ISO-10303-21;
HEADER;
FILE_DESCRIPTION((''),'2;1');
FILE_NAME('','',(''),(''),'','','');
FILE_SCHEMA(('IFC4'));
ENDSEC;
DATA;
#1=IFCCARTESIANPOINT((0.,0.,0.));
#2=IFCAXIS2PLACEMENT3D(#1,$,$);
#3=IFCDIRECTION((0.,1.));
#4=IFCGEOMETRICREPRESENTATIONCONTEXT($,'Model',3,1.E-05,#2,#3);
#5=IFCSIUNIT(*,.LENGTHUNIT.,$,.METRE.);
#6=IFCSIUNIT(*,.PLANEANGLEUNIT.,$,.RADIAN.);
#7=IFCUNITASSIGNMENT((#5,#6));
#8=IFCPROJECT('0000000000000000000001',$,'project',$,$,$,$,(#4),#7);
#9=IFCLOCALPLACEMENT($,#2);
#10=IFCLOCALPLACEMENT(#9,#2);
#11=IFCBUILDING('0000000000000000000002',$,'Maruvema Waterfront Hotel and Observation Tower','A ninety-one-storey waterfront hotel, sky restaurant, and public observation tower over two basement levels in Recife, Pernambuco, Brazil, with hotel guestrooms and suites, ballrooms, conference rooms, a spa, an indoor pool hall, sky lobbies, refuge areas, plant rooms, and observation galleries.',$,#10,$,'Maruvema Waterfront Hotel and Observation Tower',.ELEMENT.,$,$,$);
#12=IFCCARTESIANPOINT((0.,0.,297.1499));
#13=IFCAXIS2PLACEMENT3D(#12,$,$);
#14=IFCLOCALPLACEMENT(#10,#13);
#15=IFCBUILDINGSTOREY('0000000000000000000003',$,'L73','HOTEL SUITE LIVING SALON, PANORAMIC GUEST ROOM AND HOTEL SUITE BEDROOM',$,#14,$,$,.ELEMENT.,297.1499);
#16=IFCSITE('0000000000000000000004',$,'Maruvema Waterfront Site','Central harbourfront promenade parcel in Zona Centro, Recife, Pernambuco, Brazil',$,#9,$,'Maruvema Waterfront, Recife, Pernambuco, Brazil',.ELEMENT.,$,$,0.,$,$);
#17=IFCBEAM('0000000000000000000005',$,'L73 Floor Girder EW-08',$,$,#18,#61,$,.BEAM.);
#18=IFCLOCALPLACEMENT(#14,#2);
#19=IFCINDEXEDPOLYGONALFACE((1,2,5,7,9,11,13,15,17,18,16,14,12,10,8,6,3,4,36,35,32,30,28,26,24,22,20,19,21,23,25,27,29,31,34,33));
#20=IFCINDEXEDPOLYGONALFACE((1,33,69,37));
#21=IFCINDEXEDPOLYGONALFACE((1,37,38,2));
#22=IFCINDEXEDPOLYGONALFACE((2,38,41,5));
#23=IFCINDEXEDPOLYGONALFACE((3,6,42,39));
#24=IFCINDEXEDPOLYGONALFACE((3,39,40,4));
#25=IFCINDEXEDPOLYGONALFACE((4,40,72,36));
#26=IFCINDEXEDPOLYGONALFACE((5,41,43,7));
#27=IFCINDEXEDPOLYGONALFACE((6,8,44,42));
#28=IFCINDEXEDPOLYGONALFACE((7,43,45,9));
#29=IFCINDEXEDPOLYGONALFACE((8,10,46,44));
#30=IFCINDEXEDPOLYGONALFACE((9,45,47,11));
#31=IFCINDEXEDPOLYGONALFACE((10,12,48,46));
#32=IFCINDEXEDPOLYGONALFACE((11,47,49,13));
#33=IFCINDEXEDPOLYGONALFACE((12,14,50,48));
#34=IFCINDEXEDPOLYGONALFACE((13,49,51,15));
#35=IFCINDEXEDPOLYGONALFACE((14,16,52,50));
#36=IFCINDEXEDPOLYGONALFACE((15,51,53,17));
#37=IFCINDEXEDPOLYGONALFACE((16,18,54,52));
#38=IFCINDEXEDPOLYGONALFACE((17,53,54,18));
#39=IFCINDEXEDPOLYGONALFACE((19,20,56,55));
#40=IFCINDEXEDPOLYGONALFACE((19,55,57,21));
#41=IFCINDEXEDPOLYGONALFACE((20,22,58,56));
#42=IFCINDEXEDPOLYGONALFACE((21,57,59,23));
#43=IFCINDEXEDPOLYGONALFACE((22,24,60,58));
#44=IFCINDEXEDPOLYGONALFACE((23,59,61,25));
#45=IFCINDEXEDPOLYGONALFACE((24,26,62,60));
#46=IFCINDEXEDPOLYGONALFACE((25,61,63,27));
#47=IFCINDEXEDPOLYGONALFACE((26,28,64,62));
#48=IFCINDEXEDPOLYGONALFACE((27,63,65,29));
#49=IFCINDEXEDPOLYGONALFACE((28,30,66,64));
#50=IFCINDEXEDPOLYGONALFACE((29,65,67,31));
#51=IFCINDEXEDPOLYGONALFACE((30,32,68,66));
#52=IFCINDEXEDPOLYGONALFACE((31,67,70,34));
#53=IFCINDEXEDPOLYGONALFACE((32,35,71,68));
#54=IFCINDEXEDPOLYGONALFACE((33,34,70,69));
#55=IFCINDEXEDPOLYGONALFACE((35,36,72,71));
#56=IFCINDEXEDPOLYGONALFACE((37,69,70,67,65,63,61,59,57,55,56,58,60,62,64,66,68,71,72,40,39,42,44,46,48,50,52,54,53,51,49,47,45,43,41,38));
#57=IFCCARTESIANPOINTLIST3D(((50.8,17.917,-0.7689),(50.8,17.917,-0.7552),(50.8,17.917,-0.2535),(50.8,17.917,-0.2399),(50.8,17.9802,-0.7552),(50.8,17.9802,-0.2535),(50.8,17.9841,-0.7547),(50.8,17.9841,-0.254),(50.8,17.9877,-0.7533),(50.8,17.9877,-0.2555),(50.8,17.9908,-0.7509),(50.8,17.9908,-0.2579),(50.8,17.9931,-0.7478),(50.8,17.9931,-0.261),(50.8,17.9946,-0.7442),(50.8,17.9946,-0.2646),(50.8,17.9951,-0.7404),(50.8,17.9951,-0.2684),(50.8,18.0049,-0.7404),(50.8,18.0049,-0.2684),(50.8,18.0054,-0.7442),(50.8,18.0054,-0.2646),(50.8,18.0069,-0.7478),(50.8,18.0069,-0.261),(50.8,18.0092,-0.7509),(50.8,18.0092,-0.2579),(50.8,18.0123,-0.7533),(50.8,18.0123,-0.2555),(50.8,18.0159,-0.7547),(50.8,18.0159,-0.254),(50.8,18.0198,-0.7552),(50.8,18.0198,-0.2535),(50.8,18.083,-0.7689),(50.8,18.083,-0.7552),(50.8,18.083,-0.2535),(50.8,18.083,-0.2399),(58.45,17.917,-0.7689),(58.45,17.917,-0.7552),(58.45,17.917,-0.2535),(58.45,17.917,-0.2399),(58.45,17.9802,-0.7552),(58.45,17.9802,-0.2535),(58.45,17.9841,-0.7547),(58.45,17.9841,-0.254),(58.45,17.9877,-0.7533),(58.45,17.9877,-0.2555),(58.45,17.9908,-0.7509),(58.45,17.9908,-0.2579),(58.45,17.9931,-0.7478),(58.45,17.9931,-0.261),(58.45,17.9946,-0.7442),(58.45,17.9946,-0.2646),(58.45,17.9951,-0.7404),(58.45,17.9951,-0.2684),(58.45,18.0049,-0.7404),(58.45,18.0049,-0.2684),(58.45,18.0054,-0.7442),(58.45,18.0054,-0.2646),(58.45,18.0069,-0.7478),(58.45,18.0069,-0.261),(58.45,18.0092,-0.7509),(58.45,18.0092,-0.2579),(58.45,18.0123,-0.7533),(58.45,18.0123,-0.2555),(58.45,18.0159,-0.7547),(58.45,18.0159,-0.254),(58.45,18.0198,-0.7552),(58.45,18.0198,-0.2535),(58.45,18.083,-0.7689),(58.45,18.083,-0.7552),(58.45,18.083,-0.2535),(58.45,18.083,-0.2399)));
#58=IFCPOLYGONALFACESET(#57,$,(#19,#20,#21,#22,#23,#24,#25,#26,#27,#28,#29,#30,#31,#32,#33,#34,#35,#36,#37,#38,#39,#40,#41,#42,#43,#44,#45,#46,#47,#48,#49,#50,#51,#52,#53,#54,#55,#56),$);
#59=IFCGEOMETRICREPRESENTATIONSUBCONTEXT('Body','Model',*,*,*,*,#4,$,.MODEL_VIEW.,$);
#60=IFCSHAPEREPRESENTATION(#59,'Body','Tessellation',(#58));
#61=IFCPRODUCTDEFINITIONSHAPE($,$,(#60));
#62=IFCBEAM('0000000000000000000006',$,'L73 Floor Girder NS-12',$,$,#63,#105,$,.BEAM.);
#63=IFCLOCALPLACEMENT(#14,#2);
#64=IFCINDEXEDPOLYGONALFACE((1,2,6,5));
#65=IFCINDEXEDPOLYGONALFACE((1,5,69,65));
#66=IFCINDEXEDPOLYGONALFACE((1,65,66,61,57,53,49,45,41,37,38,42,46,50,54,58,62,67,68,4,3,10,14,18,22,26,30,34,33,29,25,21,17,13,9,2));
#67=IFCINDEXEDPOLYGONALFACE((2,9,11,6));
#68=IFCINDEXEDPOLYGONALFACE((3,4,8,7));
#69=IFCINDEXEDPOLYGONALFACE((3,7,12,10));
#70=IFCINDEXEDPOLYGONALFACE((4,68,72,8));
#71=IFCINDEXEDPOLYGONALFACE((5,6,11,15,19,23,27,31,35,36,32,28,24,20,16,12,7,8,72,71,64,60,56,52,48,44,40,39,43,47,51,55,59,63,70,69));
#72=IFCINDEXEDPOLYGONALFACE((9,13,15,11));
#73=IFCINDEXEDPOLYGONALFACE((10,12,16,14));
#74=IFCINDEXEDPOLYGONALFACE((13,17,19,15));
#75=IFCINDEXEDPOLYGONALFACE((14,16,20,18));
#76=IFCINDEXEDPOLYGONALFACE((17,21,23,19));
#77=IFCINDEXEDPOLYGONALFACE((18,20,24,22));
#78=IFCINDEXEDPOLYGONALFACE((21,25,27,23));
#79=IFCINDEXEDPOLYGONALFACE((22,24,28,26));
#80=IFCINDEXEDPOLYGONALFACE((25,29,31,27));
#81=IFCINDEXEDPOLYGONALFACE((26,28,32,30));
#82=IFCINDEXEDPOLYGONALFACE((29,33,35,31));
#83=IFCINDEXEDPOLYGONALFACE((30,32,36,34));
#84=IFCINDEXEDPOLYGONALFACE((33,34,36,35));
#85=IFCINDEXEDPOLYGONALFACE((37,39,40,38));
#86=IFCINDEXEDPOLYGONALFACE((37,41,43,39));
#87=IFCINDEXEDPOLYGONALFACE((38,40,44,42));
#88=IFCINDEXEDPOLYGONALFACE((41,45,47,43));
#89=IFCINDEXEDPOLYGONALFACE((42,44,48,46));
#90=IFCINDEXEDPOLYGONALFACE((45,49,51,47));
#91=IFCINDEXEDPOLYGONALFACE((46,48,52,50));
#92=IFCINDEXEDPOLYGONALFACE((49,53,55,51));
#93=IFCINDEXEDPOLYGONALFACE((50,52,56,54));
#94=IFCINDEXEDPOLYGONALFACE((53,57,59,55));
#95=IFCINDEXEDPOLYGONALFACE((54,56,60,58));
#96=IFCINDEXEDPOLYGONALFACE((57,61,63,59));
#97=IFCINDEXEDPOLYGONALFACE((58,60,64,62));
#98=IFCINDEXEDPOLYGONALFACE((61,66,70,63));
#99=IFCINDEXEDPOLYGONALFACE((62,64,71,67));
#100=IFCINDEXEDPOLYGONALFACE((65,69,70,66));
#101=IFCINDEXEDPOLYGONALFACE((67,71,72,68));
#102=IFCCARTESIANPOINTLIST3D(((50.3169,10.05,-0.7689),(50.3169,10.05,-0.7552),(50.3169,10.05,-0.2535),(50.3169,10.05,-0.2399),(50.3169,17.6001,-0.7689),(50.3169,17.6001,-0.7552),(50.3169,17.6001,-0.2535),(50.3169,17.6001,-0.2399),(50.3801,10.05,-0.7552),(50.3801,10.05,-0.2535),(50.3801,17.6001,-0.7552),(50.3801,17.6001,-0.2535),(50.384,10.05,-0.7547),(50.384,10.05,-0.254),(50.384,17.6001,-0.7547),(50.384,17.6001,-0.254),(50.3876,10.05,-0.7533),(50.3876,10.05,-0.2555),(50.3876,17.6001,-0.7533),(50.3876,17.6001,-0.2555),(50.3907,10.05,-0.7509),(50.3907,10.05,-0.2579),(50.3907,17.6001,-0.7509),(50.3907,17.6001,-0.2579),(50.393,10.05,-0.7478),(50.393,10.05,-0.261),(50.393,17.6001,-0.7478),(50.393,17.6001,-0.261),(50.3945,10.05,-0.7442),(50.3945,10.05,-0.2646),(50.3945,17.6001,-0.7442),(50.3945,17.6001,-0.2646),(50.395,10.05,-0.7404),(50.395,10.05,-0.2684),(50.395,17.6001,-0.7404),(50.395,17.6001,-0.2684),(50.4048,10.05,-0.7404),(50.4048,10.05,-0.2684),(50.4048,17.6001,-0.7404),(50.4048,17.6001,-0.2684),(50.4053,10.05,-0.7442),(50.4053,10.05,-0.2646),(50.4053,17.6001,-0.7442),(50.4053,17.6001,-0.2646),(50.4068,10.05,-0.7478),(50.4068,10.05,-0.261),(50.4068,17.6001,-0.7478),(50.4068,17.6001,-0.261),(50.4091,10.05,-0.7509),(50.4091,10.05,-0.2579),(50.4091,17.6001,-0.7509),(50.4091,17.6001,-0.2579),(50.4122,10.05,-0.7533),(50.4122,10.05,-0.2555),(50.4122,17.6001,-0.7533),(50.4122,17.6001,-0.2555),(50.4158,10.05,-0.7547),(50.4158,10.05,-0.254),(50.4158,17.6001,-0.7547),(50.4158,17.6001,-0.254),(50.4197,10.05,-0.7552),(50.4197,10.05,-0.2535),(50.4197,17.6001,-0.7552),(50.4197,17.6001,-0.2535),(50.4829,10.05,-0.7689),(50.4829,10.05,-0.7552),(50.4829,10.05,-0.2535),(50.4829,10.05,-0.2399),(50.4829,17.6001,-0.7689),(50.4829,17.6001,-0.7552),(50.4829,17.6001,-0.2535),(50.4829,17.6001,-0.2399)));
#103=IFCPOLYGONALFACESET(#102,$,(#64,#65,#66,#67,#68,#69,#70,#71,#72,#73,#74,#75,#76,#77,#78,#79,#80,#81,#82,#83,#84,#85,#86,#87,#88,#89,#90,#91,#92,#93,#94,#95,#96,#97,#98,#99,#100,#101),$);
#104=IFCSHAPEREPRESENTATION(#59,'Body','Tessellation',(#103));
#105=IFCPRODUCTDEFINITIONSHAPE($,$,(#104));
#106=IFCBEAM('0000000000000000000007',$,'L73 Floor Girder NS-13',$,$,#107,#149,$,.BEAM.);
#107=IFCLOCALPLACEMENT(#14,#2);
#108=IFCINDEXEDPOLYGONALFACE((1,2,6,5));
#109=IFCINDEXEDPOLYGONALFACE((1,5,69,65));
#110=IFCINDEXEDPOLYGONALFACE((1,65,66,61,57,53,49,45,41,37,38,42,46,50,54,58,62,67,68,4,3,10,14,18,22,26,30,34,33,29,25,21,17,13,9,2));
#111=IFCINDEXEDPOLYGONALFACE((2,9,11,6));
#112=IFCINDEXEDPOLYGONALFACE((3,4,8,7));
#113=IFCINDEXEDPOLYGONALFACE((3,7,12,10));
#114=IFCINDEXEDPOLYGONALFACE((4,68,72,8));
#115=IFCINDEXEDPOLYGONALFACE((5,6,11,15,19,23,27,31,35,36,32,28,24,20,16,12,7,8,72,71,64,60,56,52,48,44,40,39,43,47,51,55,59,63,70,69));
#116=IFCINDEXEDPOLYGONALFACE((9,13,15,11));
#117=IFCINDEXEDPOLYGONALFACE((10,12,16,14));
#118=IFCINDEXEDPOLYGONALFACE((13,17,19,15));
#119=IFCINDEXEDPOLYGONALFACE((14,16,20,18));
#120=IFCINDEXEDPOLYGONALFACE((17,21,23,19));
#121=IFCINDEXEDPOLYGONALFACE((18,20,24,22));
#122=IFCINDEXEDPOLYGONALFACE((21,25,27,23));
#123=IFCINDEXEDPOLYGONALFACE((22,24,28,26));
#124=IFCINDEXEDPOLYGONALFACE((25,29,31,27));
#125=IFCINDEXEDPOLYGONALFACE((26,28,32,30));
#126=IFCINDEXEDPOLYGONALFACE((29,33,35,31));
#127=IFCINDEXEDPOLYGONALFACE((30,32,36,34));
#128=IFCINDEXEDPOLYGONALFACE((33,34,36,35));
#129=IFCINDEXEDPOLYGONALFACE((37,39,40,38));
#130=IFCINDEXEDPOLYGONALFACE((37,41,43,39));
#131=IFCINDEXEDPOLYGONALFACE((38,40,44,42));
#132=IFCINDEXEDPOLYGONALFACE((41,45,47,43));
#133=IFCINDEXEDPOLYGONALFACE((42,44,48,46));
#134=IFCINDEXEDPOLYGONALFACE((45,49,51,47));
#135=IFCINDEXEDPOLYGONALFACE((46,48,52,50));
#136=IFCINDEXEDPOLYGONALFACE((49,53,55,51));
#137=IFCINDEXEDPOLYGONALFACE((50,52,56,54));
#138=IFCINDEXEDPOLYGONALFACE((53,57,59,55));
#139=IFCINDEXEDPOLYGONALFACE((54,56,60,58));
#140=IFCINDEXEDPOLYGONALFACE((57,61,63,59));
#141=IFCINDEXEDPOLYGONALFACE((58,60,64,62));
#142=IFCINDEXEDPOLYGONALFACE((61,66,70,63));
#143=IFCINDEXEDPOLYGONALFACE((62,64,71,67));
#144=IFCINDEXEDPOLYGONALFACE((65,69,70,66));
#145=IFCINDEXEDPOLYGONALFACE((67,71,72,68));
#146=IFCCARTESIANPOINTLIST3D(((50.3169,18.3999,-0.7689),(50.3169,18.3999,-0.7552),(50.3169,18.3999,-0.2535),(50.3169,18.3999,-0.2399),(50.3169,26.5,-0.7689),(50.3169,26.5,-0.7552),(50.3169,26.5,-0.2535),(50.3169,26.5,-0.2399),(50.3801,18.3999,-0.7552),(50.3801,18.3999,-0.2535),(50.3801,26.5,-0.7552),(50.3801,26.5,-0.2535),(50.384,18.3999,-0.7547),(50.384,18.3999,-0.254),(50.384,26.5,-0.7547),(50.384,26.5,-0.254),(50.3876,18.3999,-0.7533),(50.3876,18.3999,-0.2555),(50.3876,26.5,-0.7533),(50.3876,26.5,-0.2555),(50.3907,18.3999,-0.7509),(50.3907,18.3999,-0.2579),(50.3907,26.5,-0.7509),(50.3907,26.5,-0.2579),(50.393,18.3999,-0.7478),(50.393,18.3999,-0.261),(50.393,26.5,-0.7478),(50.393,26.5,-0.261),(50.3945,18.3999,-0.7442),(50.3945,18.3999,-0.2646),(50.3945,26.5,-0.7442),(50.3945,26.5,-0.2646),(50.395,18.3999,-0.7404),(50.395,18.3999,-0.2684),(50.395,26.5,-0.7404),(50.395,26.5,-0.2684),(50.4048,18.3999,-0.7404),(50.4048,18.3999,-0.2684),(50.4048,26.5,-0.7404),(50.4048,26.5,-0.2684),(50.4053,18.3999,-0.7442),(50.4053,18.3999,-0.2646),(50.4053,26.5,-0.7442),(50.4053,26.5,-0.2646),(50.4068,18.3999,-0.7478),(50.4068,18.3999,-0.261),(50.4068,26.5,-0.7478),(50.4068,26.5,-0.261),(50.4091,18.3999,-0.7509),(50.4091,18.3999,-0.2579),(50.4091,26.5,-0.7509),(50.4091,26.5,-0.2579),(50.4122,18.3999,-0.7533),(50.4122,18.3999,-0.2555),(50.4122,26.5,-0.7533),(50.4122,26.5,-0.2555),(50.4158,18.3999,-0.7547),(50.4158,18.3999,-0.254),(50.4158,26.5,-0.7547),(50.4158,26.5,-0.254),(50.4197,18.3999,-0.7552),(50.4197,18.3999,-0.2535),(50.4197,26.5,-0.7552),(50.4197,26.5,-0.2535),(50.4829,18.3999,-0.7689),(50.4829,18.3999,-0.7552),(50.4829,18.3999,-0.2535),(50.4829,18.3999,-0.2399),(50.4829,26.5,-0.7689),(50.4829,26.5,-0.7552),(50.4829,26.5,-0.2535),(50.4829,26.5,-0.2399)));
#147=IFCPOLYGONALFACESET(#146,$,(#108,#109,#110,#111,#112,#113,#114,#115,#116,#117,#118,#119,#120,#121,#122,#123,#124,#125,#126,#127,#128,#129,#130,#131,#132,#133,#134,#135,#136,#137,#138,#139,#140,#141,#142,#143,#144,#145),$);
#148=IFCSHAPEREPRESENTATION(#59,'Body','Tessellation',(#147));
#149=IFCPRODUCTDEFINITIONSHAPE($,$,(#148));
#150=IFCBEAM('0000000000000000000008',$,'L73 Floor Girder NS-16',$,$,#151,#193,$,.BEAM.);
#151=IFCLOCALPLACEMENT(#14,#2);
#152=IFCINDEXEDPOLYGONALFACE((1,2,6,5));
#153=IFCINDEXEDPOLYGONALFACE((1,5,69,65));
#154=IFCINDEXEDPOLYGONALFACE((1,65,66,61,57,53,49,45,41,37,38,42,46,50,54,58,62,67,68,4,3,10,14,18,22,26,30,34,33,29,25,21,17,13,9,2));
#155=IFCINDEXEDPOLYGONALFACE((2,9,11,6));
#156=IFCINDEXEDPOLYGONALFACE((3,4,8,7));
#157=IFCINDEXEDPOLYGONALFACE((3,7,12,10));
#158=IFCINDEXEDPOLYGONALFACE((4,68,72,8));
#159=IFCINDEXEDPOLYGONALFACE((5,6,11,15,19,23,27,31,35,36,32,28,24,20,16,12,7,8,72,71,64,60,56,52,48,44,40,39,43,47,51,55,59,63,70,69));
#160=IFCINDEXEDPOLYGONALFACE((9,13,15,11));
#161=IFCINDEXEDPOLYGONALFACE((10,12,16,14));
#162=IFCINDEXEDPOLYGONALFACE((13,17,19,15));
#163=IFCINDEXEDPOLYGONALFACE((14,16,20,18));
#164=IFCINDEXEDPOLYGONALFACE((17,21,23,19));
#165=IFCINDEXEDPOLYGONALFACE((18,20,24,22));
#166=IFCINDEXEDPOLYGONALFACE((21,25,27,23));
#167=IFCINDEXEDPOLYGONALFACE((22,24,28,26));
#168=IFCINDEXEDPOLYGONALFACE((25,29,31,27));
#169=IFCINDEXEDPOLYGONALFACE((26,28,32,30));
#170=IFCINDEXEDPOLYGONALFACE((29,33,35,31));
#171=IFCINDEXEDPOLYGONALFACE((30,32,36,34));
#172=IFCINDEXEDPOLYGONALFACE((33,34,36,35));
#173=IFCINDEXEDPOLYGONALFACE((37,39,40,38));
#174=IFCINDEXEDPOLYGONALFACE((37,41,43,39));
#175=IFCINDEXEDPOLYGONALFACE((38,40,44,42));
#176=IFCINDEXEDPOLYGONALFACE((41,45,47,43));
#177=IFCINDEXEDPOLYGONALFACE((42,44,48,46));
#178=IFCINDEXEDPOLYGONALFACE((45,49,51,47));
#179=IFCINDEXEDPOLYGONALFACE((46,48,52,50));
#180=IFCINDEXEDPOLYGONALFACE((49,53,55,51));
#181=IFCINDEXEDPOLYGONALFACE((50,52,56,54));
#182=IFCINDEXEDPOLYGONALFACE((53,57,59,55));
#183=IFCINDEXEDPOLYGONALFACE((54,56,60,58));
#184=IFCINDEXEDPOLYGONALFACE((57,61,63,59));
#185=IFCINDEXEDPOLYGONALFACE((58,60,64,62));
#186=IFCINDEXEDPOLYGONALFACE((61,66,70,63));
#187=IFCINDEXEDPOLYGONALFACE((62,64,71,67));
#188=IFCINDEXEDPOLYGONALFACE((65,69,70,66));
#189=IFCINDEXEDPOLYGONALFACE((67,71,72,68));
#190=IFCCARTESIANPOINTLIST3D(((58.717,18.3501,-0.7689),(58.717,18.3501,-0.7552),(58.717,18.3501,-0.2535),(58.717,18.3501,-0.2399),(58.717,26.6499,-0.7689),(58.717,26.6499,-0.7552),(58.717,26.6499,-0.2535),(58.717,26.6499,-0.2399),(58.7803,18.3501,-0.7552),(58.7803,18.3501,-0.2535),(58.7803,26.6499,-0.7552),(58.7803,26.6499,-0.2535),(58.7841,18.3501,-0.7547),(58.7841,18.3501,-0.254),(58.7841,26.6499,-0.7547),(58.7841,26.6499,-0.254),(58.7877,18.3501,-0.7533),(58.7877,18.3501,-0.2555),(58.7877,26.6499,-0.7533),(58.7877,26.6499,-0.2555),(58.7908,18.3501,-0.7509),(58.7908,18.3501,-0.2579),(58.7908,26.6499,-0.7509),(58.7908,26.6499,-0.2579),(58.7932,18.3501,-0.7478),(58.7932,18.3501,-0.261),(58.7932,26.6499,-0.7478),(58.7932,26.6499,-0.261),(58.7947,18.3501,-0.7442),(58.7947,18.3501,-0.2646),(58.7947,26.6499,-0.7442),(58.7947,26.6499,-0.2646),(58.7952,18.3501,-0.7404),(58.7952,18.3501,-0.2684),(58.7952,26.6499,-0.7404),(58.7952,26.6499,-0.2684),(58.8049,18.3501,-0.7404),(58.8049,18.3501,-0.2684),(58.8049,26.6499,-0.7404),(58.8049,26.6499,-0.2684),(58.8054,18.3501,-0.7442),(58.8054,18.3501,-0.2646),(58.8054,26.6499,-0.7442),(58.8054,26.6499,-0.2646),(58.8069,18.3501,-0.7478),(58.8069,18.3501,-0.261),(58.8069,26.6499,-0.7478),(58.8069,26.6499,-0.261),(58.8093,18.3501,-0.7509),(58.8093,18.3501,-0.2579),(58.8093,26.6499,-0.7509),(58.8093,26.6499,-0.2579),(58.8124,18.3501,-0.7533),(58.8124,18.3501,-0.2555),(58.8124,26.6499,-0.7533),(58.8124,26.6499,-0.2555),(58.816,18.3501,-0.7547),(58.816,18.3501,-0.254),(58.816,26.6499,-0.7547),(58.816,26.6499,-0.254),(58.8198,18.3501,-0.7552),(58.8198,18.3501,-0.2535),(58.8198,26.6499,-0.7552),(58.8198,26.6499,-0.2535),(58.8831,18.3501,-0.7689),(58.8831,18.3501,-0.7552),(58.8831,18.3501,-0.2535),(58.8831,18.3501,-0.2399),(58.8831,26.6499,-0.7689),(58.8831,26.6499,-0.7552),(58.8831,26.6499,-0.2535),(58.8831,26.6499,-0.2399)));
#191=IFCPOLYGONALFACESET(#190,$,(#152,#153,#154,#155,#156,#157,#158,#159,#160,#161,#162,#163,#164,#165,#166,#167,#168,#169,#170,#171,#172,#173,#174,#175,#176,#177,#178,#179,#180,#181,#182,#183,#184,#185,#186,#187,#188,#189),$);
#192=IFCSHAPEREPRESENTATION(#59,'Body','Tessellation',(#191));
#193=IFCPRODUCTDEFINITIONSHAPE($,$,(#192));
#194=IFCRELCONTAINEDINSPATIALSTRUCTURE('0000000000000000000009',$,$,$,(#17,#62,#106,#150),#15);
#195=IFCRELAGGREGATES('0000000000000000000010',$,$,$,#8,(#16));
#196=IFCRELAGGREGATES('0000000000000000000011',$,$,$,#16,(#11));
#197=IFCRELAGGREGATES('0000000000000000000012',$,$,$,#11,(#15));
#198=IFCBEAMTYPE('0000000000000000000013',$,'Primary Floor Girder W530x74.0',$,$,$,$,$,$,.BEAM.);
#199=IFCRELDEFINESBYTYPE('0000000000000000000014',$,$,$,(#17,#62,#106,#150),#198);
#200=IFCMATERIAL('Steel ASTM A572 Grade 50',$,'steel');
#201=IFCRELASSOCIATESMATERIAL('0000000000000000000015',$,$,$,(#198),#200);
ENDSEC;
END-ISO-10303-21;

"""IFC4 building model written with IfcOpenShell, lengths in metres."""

from ifc_helpers import new_model, si_unit, direction, frame, origin, origin_2d, place, context, subcontext, project, spatial, i_section, extrude, material, material_profile, profile_set, type_object, element, save


model = new_model("IFC4")

# Units and contexts
model_context = context("Model", 3, precision=1e-05, world=origin(), true_north=direction((0.0, 1.0)))
body_context = subcontext(model_context, "Body", "Model", "MODEL_VIEW")
ifc_project = project(units=[si_unit("LENGTHUNIT", "METRE"), si_unit("PLANEANGLEUNIT", "RADIAN")], contexts=[model_context])

# Site, building, storey
site_placement = place(None, origin())
site = spatial("IfcSite", under=ifc_project, at=site_placement, Name="Maruvema Waterfront Site", Description="Central harbourfront promenade parcel in Zona Centro, Recife, Pernambuco, Brazil", LongName="Maruvema Waterfront, Recife, Pernambuco, Brazil", CompositionType="ELEMENT", RefElevation=0.0)
building_placement = place(site_placement, origin())
building = spatial("IfcBuilding", under=site, at=building_placement, Name="Maruvema Waterfront Hotel and Observation Tower", Description="A ninety-one-storey waterfront hotel, sky restaurant, and public observation tower over two basement levels in Recife, Pernambuco, Brazil, with hotel guestrooms and suites, ballrooms, conference rooms, a spa, an indoor pool hall, sky lobbies, refuge areas, plant rooms, and observation galleries.", LongName="Maruvema Waterfront Hotel and Observation Tower", CompositionType="ELEMENT")
storey_placement = place(building_placement, frame((0.0, 0.0, 297.1499)))
storey = spatial("IfcBuildingStorey", under=building, at=storey_placement, Name="L73", Description="HOTEL SUITE LIVING SALON, PANORAMIC GUEST ROOM AND HOTEL SUITE BEDROOM", CompositionType="ELEMENT", Elevation=297.1499)

# Beams
ifc_material_1 = material(Name="Steel ASTM A572 Grade 50", Category="steel")
ifc_material_profile_1 = material_profile(ifc_material_1, i_section(OverallWidth=0.166, OverallDepth=0.5291, WebThickness=0.0098, FlangeThickness=0.0137, FilletRadius=0.0149, at=origin_2d()), Name="W530x74.0")
ifc_profile_set_1 = profile_set([ifc_material_profile_1], Name="Steel ASTM A572 Grade 50")
beam_type_1 = type_object("IfcBeamType", Name="Primary Floor Girder W530x74.0", PredefinedType="BEAM", material=ifc_profile_set_1)
beam_1_placement = place(storey_placement, frame((50.8, 18.0, -0.5044), z_axis=(1.0, 0.0, 0.0), x_axis=(0.0, 1.0, 0.0)))
element("IfcBeam", 1, at=beam_1_placement, inside=storey, type_object=beam_type_1, Name="L73 Floor Girder EW-08", PredefinedType="BEAM", context=body_context, shape_type="SweptSolid", body=[
    extrude(i_section(OverallWidth=0.166, OverallDepth=0.5291, WebThickness=0.0098, FlangeThickness=0.0137, FilletRadius=0.0149, at=origin_2d()), origin(), (0.0, 0.0, 1.0), 7.6499),
])
beam_2_placement = place(storey_placement, frame((50.3999, 10.05, -0.5044), z_axis=(0.0, 1.0, 0.0), x_axis=(-1.0, 0.0, 0.0)))
element("IfcBeam", 2, at=beam_2_placement, inside=storey, type_object=beam_type_1, Name="L73 Floor Girder NS-12", PredefinedType="BEAM", context=body_context, shape_type="SweptSolid", body=[
    extrude(i_section(OverallWidth=0.166, OverallDepth=0.5291, WebThickness=0.0098, FlangeThickness=0.0137, FilletRadius=0.0149, at=origin_2d()), origin(), (0.0, 0.0, 1.0), 7.55),
])
beam_3_placement = place(storey_placement, frame((50.3999, 18.3999, -0.5044), z_axis=(0.0, 1.0, 0.0), x_axis=(-1.0, 0.0, 0.0)))
element("IfcBeam", 3, at=beam_3_placement, inside=storey, type_object=beam_type_1, Name="L73 Floor Girder NS-13", PredefinedType="BEAM", context=body_context, shape_type="SweptSolid", body=[
    extrude(i_section(OverallWidth=0.166, OverallDepth=0.5291, WebThickness=0.0098, FlangeThickness=0.0137, FilletRadius=0.0149, at=origin_2d()), origin(), (0.0, 0.0, 1.0), 8.1001),
])
beam_4_placement = place(storey_placement, frame((58.8, 18.3501, -0.5044), z_axis=(0.0, 1.0, 0.0), x_axis=(-1.0, 0.0, 0.0)))
element("IfcBeam", 4, at=beam_4_placement, inside=storey, type_object=beam_type_1, Name="L73 Floor Girder NS-16", PredefinedType="BEAM", context=body_context, shape_type="SweptSolid", body=[
    extrude(i_section(OverallWidth=0.166, OverallDepth=0.5291, WebThickness=0.0098, FlangeThickness=0.0137, FilletRadius=0.0149, at=origin_2d()), origin(), (0.0, 0.0, 1.0), 8.2998),
])

save(model, "model.ifc")
